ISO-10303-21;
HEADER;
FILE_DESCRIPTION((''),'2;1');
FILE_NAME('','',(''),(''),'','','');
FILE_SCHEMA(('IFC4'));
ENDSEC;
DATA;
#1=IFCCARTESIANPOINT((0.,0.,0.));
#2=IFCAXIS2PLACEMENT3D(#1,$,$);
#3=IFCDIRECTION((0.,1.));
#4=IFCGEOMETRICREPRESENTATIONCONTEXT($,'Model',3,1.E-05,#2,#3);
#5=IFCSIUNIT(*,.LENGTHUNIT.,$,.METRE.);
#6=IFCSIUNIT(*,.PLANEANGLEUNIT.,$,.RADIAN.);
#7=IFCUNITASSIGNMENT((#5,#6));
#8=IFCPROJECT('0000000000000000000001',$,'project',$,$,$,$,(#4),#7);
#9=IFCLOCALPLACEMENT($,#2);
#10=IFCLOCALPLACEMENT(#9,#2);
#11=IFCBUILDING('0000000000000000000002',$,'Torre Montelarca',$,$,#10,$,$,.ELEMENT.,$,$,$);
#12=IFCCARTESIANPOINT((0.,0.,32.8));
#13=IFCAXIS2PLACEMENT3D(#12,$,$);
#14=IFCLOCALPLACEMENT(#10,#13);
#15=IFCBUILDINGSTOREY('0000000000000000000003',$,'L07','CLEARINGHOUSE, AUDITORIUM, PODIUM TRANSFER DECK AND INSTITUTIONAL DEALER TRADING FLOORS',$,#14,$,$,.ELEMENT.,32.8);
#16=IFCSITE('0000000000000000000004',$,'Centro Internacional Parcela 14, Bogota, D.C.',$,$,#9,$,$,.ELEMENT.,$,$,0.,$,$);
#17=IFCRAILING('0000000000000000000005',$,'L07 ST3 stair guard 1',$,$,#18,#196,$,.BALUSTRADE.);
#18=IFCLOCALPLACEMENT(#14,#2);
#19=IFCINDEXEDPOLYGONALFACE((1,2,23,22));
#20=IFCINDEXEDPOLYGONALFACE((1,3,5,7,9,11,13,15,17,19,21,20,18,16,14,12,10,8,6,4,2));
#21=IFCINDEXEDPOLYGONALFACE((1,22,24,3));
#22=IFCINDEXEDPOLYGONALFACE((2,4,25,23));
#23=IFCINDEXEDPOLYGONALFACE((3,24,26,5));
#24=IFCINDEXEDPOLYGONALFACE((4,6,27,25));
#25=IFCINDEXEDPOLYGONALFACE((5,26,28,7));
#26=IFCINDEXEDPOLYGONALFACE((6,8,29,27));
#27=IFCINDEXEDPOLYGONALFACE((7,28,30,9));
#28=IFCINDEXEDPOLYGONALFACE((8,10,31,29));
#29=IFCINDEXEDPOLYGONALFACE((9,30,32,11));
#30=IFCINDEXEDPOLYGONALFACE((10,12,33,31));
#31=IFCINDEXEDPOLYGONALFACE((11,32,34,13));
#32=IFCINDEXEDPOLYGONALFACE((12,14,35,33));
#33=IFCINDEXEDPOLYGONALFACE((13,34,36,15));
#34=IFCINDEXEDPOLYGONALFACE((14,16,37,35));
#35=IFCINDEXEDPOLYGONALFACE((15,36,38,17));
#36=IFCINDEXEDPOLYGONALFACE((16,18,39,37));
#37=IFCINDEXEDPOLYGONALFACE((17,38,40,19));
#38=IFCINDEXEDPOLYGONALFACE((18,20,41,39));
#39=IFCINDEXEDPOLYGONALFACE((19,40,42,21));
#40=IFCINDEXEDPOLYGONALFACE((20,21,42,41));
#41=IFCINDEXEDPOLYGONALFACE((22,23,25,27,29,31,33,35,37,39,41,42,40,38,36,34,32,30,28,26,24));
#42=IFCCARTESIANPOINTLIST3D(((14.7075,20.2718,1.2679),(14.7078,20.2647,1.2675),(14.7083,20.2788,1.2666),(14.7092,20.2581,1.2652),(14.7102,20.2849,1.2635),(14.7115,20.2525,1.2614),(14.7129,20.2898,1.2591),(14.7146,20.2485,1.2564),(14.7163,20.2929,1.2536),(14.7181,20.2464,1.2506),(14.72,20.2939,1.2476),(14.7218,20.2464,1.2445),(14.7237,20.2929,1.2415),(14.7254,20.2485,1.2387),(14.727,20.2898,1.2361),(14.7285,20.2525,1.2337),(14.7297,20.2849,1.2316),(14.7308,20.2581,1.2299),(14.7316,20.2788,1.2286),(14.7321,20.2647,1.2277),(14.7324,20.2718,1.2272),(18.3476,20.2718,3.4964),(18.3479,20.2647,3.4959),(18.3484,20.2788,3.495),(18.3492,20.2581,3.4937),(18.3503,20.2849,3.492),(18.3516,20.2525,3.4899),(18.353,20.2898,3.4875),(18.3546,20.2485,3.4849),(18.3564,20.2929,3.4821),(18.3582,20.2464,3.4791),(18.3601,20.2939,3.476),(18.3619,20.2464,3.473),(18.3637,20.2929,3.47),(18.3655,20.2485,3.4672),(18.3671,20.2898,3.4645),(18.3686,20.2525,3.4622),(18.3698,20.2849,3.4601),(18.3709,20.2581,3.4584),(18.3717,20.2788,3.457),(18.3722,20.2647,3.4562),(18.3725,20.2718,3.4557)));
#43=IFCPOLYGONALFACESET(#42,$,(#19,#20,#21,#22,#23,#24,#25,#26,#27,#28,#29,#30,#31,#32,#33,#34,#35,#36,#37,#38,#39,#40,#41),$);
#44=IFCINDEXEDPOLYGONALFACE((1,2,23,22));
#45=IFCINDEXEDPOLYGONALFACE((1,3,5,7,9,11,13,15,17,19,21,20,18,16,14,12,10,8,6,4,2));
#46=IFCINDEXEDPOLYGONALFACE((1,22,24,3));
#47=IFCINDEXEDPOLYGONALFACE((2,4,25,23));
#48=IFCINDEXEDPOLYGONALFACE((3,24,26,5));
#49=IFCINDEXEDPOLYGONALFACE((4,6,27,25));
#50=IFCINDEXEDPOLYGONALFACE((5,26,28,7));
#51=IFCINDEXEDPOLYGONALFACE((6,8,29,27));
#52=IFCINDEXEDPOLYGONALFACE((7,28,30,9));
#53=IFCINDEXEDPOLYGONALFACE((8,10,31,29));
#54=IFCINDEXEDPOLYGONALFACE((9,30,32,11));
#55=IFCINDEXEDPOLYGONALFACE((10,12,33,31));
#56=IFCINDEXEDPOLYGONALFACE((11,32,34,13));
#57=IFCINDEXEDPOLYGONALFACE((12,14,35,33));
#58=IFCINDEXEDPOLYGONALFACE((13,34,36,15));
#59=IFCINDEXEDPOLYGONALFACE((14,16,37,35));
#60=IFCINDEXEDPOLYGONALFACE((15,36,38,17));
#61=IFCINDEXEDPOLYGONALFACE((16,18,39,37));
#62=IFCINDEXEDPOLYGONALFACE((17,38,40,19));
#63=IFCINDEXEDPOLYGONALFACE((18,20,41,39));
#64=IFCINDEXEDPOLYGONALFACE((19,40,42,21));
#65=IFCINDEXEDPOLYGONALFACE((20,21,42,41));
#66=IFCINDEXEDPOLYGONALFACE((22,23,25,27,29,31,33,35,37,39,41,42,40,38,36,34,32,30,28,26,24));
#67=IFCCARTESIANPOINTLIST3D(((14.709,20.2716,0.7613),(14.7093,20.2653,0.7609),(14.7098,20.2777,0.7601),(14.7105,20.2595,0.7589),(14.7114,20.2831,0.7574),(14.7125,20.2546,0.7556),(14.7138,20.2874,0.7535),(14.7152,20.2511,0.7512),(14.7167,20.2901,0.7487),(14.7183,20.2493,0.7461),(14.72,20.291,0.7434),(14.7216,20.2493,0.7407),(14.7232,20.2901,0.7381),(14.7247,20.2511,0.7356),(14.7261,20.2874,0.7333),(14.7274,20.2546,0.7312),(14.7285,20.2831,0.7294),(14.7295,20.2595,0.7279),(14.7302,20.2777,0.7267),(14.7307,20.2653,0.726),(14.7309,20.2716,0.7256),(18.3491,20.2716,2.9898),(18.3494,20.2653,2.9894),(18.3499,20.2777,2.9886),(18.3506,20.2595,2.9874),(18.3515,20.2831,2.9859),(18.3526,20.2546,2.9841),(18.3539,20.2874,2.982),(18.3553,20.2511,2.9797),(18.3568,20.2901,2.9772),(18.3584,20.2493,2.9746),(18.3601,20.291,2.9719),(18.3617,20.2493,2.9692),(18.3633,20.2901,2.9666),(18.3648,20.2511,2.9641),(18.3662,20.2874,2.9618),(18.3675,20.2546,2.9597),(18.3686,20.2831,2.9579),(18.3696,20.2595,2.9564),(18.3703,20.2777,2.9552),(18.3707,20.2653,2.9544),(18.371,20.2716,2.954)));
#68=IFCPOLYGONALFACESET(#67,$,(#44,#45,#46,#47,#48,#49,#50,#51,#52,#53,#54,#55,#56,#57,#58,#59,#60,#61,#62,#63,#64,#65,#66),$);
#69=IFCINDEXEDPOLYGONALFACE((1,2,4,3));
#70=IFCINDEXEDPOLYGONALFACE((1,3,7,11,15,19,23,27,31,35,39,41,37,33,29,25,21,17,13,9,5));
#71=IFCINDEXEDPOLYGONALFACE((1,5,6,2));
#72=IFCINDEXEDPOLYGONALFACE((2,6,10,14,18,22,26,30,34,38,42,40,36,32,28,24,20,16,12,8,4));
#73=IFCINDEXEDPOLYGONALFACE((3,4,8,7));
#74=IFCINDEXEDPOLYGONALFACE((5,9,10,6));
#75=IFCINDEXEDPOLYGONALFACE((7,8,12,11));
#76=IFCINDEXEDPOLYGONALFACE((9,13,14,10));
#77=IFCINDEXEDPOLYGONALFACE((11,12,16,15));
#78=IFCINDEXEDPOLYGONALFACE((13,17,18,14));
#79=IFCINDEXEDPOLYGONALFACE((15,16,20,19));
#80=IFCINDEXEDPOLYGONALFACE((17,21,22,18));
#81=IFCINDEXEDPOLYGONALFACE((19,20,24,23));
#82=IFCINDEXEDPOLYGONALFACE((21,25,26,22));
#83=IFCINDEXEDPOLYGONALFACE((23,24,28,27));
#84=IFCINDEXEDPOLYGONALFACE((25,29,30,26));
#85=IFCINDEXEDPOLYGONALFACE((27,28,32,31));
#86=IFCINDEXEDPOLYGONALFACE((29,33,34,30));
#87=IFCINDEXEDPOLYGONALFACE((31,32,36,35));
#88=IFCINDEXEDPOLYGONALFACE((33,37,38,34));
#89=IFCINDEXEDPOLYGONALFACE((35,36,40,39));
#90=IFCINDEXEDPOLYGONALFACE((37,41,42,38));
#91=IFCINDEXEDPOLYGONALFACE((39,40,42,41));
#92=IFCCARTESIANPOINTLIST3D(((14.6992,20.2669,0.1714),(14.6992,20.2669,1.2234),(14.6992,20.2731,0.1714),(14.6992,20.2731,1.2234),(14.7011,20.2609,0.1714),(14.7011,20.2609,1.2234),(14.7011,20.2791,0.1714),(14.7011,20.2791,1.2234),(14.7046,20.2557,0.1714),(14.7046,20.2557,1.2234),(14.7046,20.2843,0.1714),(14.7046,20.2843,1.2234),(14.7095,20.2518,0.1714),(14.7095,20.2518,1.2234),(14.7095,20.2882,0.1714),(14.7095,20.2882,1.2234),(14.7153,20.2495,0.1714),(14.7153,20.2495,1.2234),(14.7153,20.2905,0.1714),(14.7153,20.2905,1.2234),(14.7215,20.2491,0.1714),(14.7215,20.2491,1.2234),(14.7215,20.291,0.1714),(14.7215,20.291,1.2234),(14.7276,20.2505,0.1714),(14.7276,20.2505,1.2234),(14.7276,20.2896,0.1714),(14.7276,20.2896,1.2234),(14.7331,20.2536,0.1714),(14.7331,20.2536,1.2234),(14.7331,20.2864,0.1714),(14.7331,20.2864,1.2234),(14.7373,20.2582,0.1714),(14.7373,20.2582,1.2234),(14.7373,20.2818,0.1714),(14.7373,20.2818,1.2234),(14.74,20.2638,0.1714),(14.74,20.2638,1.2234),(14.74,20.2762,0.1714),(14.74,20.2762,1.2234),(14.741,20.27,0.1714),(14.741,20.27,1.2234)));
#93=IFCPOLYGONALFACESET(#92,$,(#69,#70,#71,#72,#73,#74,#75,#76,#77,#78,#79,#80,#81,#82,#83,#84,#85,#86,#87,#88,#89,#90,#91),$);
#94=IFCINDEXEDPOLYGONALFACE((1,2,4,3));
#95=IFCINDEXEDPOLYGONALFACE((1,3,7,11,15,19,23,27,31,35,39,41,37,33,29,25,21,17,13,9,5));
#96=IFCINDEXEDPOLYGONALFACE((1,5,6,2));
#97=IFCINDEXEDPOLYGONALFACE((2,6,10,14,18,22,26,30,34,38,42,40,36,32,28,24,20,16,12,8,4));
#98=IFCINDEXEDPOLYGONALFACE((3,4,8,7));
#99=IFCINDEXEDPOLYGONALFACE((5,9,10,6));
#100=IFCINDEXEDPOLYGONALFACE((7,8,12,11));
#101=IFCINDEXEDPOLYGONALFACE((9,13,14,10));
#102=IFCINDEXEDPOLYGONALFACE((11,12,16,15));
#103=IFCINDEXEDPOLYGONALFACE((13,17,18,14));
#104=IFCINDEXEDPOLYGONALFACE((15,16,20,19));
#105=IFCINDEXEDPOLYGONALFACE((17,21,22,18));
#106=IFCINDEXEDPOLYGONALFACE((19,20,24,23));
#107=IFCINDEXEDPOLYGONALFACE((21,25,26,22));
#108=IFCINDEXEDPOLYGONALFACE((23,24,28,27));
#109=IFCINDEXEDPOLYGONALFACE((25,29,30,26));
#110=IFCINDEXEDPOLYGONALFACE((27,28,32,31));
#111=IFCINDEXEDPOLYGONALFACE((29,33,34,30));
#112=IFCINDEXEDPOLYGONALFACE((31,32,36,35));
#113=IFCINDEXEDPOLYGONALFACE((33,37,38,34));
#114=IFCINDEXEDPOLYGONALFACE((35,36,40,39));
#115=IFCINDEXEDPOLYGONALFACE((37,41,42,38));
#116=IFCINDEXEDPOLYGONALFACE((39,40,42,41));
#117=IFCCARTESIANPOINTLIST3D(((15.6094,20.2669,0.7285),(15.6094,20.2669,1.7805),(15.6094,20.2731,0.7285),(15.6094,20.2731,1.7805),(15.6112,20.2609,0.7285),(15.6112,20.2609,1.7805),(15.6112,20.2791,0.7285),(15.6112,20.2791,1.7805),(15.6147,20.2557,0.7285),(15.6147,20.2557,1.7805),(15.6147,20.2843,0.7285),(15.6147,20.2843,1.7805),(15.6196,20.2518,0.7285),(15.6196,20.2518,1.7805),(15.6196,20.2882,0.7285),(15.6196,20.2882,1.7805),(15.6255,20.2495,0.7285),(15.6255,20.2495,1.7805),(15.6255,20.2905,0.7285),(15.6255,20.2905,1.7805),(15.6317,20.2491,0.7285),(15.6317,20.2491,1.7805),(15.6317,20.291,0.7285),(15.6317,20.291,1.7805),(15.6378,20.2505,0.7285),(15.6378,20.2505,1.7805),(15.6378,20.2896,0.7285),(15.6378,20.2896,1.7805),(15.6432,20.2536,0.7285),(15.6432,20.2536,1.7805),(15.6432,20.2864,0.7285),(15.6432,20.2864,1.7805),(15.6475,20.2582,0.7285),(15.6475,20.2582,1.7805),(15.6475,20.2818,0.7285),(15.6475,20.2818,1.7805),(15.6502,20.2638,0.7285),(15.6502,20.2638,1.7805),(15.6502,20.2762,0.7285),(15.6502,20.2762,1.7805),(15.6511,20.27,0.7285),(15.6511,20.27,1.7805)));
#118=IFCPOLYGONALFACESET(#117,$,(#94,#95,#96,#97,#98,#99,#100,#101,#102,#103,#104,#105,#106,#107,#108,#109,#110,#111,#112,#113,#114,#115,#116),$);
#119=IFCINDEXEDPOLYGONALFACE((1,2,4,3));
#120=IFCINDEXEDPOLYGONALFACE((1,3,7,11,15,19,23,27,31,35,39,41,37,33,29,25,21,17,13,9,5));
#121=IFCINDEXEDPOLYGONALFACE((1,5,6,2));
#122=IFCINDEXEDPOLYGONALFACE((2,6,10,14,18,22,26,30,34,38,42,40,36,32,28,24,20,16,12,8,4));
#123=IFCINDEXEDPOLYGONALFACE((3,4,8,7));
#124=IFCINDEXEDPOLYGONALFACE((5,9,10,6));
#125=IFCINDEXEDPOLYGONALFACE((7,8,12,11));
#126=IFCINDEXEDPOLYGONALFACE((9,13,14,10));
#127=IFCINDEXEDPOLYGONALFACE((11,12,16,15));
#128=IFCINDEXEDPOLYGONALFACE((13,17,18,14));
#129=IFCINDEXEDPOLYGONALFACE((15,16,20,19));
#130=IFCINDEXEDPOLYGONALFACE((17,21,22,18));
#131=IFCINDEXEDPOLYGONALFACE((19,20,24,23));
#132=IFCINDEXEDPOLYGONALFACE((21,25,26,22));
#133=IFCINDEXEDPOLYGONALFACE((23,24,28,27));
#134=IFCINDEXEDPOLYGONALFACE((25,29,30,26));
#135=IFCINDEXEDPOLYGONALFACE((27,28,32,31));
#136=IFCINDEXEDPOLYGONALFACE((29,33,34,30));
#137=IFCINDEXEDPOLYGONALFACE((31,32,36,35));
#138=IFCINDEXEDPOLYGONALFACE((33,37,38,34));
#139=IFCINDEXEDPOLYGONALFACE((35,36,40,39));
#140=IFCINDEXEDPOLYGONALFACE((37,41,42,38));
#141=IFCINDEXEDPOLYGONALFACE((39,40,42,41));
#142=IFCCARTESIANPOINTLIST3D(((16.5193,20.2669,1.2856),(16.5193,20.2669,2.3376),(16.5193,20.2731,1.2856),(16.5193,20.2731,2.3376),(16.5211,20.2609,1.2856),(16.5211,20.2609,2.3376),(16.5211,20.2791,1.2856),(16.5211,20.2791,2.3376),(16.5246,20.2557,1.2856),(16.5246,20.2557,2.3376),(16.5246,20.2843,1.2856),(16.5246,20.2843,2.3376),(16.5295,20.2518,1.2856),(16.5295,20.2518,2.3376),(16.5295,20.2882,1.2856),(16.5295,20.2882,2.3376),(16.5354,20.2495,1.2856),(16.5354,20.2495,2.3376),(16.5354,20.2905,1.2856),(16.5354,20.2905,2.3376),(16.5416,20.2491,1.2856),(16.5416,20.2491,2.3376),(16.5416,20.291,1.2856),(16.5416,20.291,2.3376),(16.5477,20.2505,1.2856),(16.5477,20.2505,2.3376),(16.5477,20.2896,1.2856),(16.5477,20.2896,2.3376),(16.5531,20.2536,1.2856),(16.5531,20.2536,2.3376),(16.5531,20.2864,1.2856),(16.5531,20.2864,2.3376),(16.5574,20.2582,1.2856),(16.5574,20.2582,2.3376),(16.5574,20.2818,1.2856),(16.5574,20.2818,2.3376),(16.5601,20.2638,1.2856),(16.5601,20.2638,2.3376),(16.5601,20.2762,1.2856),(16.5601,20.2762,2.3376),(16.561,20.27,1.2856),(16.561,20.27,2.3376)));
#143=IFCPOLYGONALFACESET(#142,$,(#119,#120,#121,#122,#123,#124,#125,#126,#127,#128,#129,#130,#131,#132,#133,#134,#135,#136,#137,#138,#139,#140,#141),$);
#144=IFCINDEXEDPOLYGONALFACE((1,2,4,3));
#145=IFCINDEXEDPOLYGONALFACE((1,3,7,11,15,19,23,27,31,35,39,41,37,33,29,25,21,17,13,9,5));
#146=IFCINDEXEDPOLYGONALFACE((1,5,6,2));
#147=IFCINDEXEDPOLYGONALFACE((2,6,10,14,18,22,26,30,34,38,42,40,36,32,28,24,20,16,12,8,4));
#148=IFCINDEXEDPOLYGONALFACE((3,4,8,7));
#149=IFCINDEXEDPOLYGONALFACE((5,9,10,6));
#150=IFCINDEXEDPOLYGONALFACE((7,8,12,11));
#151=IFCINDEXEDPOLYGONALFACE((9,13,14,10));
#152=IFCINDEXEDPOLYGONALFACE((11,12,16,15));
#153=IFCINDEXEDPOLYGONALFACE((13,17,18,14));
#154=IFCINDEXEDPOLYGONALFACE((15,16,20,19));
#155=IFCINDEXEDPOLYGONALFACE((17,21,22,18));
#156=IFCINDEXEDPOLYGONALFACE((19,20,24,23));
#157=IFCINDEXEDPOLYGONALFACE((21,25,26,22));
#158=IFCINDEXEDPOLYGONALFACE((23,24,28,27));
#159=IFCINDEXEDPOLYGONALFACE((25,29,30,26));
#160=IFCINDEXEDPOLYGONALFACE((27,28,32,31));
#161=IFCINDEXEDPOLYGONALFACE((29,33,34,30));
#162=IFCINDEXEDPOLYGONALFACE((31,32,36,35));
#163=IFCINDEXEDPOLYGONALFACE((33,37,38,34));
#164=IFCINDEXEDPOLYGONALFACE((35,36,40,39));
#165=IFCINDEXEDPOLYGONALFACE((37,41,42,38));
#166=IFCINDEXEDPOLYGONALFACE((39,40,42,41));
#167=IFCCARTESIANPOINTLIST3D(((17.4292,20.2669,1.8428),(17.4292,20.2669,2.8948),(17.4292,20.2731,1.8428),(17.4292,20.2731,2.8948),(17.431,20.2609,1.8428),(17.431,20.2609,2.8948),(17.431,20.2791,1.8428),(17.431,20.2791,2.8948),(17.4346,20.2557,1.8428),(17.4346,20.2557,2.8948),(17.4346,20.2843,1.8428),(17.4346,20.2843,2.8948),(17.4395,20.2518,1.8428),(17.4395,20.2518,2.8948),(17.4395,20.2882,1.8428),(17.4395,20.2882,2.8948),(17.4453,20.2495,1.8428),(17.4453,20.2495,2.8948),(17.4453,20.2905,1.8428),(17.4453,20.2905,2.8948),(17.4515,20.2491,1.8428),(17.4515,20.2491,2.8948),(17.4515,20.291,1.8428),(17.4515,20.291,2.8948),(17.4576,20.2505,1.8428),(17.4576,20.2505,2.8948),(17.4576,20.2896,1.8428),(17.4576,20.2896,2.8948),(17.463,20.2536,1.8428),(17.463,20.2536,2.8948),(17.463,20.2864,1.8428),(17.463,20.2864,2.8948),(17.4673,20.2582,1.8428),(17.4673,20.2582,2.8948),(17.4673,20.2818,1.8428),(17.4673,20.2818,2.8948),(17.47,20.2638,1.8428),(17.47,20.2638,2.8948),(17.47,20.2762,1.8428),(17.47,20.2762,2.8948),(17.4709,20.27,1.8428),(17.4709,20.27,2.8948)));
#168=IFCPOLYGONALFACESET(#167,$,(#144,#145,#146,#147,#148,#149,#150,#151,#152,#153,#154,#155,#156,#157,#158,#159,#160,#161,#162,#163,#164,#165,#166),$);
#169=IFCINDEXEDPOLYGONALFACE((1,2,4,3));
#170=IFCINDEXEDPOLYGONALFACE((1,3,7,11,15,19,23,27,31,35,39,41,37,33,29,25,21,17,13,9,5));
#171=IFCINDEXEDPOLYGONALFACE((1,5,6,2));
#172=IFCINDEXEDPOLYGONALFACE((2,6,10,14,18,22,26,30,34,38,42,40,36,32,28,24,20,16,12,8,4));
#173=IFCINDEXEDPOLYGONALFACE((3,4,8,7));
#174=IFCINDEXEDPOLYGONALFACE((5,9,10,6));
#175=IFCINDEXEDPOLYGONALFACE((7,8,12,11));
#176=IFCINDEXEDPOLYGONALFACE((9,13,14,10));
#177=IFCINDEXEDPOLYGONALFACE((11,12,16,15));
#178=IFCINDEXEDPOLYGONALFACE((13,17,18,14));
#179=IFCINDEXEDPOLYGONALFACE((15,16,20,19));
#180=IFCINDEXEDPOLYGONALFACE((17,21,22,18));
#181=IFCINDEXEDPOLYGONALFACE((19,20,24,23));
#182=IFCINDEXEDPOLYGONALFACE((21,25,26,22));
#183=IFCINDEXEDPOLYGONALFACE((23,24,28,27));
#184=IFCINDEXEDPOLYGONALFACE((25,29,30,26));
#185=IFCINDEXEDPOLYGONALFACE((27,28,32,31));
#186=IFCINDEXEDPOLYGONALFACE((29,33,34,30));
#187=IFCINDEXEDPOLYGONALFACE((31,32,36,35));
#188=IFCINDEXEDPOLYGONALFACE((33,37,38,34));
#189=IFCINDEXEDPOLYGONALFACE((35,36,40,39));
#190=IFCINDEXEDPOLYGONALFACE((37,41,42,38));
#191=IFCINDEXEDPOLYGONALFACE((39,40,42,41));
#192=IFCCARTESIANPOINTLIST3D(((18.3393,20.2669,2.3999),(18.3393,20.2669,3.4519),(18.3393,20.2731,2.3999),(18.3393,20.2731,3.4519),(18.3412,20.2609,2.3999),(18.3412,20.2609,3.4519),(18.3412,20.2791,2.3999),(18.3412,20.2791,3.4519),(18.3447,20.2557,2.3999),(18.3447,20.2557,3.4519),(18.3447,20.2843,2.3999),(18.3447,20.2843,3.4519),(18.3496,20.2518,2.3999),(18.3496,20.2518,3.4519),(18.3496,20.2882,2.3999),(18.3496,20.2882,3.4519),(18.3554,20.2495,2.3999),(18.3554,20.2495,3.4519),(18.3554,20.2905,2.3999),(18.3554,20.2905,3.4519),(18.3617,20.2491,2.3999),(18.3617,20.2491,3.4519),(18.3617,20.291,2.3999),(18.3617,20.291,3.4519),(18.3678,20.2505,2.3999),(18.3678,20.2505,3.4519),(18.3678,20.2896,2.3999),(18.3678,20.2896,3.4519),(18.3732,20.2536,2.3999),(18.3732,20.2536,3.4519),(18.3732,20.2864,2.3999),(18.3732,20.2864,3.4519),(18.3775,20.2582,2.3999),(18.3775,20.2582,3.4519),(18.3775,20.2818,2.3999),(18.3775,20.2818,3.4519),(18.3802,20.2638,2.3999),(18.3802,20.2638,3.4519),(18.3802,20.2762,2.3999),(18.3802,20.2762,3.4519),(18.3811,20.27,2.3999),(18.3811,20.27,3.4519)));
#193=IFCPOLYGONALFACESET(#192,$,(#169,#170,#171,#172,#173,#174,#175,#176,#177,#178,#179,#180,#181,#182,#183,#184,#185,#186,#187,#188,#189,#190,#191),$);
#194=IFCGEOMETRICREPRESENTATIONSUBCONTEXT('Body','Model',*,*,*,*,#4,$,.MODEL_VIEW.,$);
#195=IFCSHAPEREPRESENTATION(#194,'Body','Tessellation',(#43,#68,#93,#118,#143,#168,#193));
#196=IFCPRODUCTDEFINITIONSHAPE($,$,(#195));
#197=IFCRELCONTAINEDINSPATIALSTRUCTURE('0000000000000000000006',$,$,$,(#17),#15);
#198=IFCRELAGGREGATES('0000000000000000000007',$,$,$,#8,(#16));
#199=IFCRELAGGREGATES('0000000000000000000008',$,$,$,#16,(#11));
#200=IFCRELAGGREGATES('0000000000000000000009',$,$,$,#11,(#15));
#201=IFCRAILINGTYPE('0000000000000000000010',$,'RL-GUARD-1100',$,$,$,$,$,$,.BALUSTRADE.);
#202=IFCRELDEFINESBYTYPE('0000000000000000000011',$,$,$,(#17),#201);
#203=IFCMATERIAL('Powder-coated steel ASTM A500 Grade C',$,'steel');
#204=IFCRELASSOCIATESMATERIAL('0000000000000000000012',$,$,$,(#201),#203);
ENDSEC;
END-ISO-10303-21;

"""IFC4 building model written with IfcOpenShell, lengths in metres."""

from ifc_helpers import new_model, si_unit, direction, frame, origin, origin_2d, place, context, subcontext, project, spatial, circle, extrude, material, type_object, element, save


model = new_model("IFC4")

# Units and contexts
model_context = context("Model", 3, precision=1e-05, world=origin(), true_north=direction((0.0, 1.0)))
body_context = subcontext(model_context, "Body", "Model", "MODEL_VIEW")
ifc_project = project(units=[si_unit("LENGTHUNIT", "METRE"), si_unit("PLANEANGLEUNIT", "RADIAN")], contexts=[model_context])

# Site, building, storey
site_placement = place(None, origin())
site = spatial("IfcSite", under=ifc_project, at=site_placement, Name="Centro Internacional Parcela 14, Bogota, D.C.", CompositionType="ELEMENT", RefElevation=0.0)
building_placement = place(site_placement, origin())
building = spatial("IfcBuilding", under=site, at=building_placement, Name="Torre Montelarca", CompositionType="ELEMENT")
storey_placement = place(building_placement, frame((0.0, 0.0, 32.8)))
storey = spatial("IfcBuildingStorey", under=building, at=storey_placement, Name="L07", Description="CLEARINGHOUSE, AUDITORIUM, PODIUM TRANSFER DECK AND INSTITUTIONAL DEALER TRADING FLOORS", CompositionType="ELEMENT", Elevation=32.8)

# Railing
ifc_material_1 = material(Name="Powder-coated steel ASTM A500 Grade C", Category="steel")
railing_type_1 = type_object("IfcRailingType", Name="RL-GUARD-1100", PredefinedType="BALUSTRADE", material=ifc_material_1)
railing_1_placement = place(storey_placement, frame((14.72, 20.27, 0.1714)))
element("IfcRailing", 1, at=railing_1_placement, inside=storey, type_object=railing_type_1, Name="L07 ST3 stair guard 1", PredefinedType="BALUSTRADE", context=body_context, shape_type="SweptSolid", body=[
    extrude(circle(Radius=0.0239, at=origin_2d()), frame((0.0, 0.0, 1.0762), z_axis=(0.852866, 0.0, 0.52213), x_axis=(0.0, 1.0, 0.0)), (0.0, 0.0, 1.0), 4.2681),
    extrude(circle(Radius=0.021, at=origin_2d()), frame((0.0, 0.0, 0.572), z_axis=(0.852866, 0.0, 0.52213), x_axis=(0.0, 1.0, 0.0)), (0.0, 0.0, 1.0), 4.2681),
    extrude(circle(Radius=0.021, at=origin_2d()), origin(), (0.0, 0.0, 1.0), 1.052),
    extrude(circle(Radius=0.021, at=origin_2d()), frame((0.9102, 0.0, 0.5571)), (0.0, 0.0, 1.0), 1.052),
    extrude(circle(Radius=0.021, at=origin_2d()), frame((1.8201, 0.0, 1.1143)), (0.0, 0.0, 1.0), 1.052),
    extrude(circle(Radius=0.021, at=origin_2d()), frame((2.73, 0.0, 1.6714)), (0.0, 0.0, 1.0), 1.052),
    extrude(circle(Radius=0.021, at=origin_2d()), frame((3.6401, 0.0, 2.2285)), (0.0, 0.0, 1.0), 1.052),
])

save(model, "model.ifc")
